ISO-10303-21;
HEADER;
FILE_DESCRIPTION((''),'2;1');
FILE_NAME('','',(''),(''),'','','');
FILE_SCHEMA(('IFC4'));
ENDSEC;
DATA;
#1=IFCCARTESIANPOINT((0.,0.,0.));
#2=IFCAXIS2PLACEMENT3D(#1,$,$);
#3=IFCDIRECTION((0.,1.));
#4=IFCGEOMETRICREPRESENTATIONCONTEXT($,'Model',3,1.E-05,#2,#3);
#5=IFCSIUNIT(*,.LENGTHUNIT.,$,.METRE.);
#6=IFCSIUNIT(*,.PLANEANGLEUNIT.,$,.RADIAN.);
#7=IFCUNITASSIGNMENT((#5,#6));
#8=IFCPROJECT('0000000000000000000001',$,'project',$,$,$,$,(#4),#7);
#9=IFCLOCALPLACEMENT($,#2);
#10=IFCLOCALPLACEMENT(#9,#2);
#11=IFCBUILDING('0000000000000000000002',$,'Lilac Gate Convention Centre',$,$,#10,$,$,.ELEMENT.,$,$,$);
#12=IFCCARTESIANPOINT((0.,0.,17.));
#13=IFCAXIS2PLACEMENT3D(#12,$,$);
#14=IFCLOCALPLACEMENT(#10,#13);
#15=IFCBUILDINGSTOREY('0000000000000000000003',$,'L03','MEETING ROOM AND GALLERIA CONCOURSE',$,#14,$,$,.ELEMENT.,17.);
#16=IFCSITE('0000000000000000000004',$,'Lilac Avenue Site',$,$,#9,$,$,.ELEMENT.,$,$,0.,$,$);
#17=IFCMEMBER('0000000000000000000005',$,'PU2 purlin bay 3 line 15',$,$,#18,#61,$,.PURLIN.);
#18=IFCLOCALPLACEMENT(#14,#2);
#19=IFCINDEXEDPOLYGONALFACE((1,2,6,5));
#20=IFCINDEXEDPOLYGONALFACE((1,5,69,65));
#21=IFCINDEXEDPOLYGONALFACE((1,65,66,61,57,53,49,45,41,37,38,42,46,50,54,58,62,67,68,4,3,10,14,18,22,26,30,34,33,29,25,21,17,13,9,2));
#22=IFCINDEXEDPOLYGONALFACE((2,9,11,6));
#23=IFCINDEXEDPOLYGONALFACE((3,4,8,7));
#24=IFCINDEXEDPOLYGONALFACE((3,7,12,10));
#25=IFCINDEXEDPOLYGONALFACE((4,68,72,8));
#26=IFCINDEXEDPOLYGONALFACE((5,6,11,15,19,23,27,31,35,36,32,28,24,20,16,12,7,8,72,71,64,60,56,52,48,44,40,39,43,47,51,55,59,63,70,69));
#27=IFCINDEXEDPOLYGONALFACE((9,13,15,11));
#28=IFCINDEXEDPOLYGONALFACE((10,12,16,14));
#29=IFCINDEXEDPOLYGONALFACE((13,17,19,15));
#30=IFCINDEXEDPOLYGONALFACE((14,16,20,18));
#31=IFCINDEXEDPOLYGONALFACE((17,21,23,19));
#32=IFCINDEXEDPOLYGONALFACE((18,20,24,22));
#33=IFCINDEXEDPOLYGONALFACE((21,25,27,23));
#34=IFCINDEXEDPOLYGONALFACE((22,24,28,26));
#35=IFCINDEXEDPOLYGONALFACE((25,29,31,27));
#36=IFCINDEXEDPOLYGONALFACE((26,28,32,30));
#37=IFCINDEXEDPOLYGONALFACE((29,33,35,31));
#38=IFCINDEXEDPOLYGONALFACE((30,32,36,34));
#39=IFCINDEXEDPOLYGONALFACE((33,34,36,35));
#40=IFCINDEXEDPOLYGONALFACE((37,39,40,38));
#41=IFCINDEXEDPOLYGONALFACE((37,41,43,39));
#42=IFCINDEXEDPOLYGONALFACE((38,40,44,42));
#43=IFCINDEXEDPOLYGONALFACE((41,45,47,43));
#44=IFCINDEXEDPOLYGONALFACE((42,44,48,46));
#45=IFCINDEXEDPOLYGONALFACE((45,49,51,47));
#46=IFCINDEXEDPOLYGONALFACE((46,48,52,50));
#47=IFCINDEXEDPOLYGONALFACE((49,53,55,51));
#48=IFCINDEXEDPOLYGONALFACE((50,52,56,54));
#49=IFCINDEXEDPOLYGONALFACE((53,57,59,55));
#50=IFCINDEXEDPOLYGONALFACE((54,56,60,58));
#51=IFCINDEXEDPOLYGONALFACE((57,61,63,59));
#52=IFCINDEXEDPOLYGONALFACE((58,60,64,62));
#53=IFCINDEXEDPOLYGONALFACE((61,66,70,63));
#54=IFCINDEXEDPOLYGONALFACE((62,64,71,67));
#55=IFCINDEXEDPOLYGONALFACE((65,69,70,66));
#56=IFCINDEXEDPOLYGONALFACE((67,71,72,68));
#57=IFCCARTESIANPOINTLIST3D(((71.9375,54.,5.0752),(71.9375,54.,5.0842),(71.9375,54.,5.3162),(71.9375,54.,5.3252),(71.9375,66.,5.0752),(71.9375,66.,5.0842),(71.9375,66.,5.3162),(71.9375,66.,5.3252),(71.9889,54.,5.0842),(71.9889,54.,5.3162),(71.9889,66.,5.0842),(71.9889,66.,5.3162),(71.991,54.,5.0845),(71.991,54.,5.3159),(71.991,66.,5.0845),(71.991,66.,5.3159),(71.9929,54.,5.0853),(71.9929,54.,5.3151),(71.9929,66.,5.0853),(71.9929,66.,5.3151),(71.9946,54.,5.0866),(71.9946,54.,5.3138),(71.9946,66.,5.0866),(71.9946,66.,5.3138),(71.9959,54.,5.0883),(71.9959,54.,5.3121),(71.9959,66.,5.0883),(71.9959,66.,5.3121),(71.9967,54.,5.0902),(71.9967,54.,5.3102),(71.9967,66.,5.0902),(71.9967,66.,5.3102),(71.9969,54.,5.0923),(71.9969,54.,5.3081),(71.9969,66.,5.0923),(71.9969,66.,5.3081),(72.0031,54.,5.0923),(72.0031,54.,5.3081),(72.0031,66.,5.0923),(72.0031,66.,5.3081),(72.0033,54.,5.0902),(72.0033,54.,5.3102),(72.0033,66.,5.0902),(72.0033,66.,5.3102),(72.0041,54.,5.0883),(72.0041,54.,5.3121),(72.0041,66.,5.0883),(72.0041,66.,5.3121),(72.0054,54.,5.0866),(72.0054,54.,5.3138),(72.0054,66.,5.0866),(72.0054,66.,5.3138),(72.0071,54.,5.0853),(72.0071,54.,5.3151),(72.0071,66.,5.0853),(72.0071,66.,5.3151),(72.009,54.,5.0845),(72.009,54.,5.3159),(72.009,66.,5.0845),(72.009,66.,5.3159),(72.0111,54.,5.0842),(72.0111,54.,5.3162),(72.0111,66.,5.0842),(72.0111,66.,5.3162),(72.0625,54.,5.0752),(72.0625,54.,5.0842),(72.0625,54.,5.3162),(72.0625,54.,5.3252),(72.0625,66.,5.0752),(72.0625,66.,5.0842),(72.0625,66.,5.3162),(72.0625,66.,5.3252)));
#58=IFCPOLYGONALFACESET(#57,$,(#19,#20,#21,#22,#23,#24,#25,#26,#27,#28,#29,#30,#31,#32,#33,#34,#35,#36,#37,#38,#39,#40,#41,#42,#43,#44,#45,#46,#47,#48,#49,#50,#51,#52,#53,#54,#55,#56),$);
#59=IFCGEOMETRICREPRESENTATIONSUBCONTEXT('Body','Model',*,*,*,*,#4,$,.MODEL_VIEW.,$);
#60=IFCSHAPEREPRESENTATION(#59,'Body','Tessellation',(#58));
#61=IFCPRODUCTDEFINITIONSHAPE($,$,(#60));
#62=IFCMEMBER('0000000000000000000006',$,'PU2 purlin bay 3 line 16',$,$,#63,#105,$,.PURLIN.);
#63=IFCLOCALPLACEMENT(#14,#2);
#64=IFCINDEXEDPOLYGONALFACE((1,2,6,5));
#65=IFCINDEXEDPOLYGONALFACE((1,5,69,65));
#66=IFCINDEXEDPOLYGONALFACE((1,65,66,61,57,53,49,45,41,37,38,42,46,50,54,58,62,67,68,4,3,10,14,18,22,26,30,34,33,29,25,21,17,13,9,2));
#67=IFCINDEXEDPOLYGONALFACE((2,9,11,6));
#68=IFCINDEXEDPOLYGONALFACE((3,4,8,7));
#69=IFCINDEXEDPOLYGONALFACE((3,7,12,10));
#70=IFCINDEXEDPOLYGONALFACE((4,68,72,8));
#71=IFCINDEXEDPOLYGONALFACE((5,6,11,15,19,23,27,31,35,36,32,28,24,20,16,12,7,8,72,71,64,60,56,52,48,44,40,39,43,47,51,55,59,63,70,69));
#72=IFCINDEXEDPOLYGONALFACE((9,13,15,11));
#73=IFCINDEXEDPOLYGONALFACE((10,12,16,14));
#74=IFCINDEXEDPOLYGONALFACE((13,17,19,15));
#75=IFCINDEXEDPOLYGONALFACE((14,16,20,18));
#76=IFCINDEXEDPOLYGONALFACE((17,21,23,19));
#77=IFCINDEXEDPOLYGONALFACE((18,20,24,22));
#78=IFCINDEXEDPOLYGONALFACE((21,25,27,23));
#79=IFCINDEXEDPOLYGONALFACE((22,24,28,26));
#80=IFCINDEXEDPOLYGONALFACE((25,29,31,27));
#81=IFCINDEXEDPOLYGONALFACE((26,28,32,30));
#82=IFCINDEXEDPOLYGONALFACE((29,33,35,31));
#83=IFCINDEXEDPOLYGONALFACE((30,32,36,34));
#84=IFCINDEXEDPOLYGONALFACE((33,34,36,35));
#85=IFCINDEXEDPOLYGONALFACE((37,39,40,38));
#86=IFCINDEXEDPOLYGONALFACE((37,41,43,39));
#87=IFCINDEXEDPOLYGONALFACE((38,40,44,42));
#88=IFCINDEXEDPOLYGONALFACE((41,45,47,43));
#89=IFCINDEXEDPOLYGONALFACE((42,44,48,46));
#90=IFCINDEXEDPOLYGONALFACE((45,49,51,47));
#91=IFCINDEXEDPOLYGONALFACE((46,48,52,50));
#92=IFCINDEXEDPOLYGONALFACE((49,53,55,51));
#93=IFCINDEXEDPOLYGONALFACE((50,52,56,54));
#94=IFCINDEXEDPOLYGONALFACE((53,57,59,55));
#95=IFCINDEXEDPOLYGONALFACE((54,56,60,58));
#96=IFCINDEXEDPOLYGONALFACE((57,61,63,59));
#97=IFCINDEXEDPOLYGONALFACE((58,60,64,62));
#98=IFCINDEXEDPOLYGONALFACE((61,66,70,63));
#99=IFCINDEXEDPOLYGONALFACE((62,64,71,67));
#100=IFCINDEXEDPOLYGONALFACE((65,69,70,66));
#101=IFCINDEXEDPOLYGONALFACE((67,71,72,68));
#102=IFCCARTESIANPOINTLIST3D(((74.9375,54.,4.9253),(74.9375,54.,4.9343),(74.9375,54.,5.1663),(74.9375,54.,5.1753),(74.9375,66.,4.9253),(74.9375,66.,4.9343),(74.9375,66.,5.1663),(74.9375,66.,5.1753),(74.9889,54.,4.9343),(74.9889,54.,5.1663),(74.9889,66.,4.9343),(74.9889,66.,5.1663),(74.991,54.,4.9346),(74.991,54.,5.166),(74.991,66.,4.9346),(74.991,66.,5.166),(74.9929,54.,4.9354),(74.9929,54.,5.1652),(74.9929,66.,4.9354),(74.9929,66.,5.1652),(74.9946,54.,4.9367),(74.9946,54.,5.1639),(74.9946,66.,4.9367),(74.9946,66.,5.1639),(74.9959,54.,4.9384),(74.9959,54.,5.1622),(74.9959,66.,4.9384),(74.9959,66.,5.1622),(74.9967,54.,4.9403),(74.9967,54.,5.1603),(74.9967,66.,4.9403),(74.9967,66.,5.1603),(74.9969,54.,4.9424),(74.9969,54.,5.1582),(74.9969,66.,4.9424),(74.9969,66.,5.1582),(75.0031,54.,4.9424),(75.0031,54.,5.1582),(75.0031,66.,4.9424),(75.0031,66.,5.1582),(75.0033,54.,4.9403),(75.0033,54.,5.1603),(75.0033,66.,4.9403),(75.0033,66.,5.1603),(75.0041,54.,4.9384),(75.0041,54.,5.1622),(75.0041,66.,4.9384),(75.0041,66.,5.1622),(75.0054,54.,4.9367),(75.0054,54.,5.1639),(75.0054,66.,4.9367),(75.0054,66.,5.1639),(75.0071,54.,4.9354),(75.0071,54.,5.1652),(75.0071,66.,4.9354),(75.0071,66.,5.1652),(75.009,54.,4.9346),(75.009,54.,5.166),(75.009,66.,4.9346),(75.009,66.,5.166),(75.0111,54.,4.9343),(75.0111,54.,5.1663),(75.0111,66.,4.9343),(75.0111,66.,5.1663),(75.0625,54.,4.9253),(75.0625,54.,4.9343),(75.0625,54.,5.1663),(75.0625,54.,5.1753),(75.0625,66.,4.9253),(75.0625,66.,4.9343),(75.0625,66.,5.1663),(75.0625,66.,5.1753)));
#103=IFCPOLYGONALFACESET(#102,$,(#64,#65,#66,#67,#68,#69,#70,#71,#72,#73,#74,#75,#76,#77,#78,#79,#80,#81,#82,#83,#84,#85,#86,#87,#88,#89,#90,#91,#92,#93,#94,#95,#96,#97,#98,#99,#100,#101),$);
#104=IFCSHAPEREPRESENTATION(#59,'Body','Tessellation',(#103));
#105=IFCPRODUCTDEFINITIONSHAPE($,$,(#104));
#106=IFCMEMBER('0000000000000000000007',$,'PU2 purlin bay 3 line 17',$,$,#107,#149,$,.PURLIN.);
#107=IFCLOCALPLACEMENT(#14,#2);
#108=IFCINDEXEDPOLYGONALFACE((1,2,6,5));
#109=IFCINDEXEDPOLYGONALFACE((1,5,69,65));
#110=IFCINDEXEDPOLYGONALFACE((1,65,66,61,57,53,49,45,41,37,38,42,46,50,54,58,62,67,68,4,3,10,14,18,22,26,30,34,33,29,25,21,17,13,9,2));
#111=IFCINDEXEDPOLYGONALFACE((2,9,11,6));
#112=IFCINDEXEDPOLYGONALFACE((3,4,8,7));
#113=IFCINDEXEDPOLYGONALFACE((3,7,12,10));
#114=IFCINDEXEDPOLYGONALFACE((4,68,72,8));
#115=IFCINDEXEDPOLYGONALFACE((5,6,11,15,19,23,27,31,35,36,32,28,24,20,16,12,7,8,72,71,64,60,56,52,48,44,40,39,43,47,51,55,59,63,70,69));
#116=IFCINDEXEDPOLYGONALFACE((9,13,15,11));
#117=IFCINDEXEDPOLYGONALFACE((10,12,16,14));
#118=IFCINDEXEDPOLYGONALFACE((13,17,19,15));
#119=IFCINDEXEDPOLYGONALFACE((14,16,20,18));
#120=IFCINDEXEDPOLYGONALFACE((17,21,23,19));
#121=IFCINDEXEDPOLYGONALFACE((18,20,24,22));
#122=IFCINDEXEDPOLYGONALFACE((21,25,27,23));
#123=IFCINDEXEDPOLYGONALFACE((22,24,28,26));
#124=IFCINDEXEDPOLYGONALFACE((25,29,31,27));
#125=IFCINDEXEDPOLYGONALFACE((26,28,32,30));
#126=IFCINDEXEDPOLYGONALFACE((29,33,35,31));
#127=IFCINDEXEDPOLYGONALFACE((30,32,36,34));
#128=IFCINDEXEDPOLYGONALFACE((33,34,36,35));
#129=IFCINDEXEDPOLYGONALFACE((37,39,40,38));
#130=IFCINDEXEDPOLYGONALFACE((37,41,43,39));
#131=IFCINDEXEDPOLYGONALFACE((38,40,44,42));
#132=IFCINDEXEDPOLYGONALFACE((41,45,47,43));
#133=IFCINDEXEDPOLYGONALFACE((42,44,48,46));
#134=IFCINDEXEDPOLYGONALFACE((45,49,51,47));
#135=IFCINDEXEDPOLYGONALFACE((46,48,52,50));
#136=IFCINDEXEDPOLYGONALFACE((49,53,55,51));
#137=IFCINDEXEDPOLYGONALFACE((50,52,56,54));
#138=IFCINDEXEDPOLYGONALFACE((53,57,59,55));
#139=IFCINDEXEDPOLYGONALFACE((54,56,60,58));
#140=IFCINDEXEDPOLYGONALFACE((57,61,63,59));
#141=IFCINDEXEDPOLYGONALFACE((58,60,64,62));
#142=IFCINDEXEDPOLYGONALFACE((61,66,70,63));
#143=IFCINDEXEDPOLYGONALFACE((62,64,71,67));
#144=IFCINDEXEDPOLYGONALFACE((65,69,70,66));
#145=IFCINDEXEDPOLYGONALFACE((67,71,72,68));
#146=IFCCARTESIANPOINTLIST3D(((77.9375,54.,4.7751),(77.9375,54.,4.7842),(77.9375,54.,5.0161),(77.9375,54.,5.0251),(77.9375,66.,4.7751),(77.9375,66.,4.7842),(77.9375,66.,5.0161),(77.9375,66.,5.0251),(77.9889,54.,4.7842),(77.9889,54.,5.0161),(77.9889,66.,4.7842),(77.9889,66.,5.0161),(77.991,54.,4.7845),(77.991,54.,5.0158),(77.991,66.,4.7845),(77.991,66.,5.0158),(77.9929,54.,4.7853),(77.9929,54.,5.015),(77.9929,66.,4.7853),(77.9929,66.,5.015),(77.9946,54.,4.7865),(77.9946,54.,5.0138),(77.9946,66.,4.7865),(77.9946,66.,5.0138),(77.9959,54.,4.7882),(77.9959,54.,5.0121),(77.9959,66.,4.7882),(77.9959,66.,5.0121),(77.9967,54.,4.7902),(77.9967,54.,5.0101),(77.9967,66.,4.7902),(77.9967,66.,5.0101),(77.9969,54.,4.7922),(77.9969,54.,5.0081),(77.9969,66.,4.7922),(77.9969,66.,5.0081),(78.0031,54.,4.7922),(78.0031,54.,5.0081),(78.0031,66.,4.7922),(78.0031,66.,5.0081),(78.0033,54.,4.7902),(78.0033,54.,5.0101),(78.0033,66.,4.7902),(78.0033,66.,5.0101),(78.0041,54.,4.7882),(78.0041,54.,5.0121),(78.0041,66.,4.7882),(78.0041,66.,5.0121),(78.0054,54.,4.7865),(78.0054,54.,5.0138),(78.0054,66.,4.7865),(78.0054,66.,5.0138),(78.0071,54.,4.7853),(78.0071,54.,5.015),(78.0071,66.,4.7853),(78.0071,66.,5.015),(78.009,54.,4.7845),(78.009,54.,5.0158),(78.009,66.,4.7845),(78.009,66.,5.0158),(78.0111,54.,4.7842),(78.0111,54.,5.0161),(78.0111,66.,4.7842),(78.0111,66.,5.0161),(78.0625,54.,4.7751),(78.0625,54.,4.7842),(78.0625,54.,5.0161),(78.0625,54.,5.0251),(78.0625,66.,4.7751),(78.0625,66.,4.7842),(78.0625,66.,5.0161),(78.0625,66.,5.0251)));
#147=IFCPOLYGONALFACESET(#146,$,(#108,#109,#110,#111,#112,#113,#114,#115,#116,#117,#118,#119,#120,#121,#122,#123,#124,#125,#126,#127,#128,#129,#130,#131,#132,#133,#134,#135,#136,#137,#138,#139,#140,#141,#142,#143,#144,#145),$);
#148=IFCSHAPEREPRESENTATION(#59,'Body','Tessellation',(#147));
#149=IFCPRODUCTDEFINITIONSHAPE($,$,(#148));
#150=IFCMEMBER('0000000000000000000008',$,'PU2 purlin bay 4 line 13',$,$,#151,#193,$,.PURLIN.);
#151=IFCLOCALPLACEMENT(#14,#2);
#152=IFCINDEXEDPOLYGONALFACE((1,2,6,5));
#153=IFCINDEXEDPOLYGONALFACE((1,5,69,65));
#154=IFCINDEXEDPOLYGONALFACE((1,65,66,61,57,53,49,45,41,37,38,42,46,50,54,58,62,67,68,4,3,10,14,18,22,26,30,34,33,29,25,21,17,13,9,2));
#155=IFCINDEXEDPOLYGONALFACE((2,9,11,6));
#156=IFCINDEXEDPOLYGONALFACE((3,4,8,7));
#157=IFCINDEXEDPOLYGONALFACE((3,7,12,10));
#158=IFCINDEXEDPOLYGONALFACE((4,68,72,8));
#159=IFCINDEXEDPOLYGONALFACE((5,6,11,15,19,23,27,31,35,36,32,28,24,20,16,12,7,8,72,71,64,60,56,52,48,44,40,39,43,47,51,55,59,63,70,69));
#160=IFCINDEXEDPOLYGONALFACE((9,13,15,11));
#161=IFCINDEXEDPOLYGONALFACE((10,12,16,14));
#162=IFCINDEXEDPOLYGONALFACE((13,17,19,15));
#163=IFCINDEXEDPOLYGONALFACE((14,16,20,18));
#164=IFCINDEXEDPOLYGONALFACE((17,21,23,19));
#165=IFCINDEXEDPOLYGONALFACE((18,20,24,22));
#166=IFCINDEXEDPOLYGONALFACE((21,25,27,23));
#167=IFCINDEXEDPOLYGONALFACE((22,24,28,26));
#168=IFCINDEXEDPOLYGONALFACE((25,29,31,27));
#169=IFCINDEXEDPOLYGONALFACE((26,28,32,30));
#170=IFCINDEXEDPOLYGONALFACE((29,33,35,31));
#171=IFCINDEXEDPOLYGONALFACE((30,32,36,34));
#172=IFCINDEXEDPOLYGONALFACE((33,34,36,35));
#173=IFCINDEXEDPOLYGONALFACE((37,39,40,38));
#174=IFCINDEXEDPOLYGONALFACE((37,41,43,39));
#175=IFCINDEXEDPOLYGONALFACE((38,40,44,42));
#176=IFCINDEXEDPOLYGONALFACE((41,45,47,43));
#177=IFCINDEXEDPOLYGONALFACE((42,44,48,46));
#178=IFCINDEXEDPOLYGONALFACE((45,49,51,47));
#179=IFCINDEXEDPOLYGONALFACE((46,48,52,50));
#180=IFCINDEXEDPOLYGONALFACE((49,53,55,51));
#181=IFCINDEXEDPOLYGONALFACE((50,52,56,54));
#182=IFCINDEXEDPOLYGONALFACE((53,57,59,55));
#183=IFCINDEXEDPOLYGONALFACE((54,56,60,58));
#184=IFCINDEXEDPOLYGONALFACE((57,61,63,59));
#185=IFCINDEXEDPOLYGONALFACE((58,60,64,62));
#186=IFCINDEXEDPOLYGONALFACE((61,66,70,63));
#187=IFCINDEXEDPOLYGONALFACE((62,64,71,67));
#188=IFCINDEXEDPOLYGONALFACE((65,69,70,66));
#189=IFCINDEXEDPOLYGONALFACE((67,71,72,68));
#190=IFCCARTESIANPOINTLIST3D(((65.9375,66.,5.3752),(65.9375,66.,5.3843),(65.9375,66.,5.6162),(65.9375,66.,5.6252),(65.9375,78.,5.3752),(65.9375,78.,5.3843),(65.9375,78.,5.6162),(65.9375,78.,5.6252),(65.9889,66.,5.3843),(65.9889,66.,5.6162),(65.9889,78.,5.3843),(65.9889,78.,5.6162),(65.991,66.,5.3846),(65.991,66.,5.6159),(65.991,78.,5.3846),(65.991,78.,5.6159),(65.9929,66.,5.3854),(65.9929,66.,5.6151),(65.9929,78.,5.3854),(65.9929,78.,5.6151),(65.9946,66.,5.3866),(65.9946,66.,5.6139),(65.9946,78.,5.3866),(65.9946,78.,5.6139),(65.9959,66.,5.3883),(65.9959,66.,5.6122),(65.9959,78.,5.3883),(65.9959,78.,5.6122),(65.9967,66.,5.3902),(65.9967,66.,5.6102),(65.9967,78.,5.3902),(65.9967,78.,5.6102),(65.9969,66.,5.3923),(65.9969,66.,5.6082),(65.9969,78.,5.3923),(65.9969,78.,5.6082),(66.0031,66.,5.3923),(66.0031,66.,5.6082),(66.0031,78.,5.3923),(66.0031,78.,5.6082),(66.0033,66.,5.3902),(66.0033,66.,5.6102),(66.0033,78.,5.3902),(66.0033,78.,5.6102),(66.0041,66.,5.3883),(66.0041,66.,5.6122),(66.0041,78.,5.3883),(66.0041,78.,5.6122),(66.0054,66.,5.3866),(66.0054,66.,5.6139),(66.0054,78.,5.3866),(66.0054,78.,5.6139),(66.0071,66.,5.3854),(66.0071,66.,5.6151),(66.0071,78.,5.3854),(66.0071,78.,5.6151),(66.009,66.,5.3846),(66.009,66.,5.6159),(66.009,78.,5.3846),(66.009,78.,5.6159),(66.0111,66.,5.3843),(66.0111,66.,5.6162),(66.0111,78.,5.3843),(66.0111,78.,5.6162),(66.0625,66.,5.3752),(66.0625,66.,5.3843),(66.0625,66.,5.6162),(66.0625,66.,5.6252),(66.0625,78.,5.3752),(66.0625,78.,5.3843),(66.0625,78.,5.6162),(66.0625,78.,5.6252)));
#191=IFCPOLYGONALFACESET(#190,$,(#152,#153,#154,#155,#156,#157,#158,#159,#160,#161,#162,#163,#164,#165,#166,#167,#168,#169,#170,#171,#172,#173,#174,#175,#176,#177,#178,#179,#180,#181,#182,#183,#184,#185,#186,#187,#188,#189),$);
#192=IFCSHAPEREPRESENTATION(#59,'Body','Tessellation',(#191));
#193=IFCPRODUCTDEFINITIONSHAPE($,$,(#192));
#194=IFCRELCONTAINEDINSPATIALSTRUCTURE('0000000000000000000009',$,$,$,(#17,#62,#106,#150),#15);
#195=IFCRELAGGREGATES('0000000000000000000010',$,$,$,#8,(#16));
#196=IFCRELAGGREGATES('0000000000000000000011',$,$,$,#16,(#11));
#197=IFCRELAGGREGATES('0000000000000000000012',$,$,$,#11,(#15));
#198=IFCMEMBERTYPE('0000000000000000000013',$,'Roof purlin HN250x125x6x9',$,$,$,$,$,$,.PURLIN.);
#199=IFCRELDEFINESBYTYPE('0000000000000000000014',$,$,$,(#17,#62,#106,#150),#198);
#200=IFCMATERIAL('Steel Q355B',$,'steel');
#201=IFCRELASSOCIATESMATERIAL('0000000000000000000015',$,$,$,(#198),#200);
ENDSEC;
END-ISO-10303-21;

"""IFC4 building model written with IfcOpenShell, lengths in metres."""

from ifc_helpers import new_model, si_unit, direction, frame, origin, origin_2d, place, context, subcontext, project, spatial, i_section, extrude, material, material_profile, profile_set, type_object, element, save


model = new_model("IFC4")

# Units and contexts
model_context = context("Model", 3, precision=1e-05, world=origin(), true_north=direction((0.0, 1.0)))
body_context = subcontext(model_context, "Body", "Model", "MODEL_VIEW")
ifc_project = project(units=[si_unit("LENGTHUNIT", "METRE"), si_unit("PLANEANGLEUNIT", "RADIAN")], contexts=[model_context])

# Site, building, storey
site_placement = place(None, origin())
site = spatial("IfcSite", under=ifc_project, at=site_placement, Name="Lilac Avenue Site", CompositionType="ELEMENT", RefElevation=0.0)
building_placement = place(site_placement, origin())
building = spatial("IfcBuilding", under=site, at=building_placement, Name="Lilac Gate Convention Centre", CompositionType="ELEMENT")
storey_placement = place(building_placement, frame((0.0, 0.0, 17.0)))
storey = spatial("IfcBuildingStorey", under=building, at=storey_placement, Name="L03", Description="MEETING ROOM AND GALLERIA CONCOURSE", CompositionType="ELEMENT", Elevation=17.0)

# Members
ifc_material = material(Name="Steel Q355B", Category="steel")
ifc_material_profile_1 = material_profile(ifc_material, i_section(OverallWidth=0.125, OverallDepth=0.25, WebThickness=0.0061, FlangeThickness=0.009, FilletRadius=0.0081, at=origin_2d()), Name="HN250x125x6x9")
ifc_profile_set_1 = profile_set([ifc_material_profile_1], Name="Steel Q355B")
member_type_1 = type_object("IfcMemberType", Name="Roof purlin HN250x125x6x9", PredefinedType="PURLIN", material=ifc_profile_set_1)
for number, where, z_axis, x_axis, name in (
    (1, (72.0, 54.0, 5.2002), (0.0, 1.0, 0.0), (-1.0, 0.0, 0.0), "PU2 purlin bay 3 line 15"),
    (2, (75.0, 54.0, 5.0503), (0.0, 1.0, 0.0), (-1.0, 0.0, 0.0), "PU2 purlin bay 3 line 16"),
    (3, (78.0, 54.0, 4.9001), (0.0, 1.0, 0.0), (-1.0, 0.0, 0.0), "PU2 purlin bay 3 line 17"),
    (4, (66.0, 66.0, 5.5002), (0.0, 1.0, 0.0), (-1.0, 0.0, 0.0), "PU2 purlin bay 4 line 13"),
):
    element("IfcMember", number, at=place(storey_placement, frame(where, z_axis=z_axis, x_axis=x_axis)), inside=storey, type_object=member_type_1, Name=name, PredefinedType="PURLIN", context=body_context, shape_type="SweptSolid", body=[
        extrude(i_section(OverallWidth=0.125, OverallDepth=0.25, WebThickness=0.0061, FlangeThickness=0.009, FilletRadius=0.0081, at=origin_2d()), origin(), (0.0, 0.0, 1.0), 12.0),
    ])

save(model, "model.ifc")
